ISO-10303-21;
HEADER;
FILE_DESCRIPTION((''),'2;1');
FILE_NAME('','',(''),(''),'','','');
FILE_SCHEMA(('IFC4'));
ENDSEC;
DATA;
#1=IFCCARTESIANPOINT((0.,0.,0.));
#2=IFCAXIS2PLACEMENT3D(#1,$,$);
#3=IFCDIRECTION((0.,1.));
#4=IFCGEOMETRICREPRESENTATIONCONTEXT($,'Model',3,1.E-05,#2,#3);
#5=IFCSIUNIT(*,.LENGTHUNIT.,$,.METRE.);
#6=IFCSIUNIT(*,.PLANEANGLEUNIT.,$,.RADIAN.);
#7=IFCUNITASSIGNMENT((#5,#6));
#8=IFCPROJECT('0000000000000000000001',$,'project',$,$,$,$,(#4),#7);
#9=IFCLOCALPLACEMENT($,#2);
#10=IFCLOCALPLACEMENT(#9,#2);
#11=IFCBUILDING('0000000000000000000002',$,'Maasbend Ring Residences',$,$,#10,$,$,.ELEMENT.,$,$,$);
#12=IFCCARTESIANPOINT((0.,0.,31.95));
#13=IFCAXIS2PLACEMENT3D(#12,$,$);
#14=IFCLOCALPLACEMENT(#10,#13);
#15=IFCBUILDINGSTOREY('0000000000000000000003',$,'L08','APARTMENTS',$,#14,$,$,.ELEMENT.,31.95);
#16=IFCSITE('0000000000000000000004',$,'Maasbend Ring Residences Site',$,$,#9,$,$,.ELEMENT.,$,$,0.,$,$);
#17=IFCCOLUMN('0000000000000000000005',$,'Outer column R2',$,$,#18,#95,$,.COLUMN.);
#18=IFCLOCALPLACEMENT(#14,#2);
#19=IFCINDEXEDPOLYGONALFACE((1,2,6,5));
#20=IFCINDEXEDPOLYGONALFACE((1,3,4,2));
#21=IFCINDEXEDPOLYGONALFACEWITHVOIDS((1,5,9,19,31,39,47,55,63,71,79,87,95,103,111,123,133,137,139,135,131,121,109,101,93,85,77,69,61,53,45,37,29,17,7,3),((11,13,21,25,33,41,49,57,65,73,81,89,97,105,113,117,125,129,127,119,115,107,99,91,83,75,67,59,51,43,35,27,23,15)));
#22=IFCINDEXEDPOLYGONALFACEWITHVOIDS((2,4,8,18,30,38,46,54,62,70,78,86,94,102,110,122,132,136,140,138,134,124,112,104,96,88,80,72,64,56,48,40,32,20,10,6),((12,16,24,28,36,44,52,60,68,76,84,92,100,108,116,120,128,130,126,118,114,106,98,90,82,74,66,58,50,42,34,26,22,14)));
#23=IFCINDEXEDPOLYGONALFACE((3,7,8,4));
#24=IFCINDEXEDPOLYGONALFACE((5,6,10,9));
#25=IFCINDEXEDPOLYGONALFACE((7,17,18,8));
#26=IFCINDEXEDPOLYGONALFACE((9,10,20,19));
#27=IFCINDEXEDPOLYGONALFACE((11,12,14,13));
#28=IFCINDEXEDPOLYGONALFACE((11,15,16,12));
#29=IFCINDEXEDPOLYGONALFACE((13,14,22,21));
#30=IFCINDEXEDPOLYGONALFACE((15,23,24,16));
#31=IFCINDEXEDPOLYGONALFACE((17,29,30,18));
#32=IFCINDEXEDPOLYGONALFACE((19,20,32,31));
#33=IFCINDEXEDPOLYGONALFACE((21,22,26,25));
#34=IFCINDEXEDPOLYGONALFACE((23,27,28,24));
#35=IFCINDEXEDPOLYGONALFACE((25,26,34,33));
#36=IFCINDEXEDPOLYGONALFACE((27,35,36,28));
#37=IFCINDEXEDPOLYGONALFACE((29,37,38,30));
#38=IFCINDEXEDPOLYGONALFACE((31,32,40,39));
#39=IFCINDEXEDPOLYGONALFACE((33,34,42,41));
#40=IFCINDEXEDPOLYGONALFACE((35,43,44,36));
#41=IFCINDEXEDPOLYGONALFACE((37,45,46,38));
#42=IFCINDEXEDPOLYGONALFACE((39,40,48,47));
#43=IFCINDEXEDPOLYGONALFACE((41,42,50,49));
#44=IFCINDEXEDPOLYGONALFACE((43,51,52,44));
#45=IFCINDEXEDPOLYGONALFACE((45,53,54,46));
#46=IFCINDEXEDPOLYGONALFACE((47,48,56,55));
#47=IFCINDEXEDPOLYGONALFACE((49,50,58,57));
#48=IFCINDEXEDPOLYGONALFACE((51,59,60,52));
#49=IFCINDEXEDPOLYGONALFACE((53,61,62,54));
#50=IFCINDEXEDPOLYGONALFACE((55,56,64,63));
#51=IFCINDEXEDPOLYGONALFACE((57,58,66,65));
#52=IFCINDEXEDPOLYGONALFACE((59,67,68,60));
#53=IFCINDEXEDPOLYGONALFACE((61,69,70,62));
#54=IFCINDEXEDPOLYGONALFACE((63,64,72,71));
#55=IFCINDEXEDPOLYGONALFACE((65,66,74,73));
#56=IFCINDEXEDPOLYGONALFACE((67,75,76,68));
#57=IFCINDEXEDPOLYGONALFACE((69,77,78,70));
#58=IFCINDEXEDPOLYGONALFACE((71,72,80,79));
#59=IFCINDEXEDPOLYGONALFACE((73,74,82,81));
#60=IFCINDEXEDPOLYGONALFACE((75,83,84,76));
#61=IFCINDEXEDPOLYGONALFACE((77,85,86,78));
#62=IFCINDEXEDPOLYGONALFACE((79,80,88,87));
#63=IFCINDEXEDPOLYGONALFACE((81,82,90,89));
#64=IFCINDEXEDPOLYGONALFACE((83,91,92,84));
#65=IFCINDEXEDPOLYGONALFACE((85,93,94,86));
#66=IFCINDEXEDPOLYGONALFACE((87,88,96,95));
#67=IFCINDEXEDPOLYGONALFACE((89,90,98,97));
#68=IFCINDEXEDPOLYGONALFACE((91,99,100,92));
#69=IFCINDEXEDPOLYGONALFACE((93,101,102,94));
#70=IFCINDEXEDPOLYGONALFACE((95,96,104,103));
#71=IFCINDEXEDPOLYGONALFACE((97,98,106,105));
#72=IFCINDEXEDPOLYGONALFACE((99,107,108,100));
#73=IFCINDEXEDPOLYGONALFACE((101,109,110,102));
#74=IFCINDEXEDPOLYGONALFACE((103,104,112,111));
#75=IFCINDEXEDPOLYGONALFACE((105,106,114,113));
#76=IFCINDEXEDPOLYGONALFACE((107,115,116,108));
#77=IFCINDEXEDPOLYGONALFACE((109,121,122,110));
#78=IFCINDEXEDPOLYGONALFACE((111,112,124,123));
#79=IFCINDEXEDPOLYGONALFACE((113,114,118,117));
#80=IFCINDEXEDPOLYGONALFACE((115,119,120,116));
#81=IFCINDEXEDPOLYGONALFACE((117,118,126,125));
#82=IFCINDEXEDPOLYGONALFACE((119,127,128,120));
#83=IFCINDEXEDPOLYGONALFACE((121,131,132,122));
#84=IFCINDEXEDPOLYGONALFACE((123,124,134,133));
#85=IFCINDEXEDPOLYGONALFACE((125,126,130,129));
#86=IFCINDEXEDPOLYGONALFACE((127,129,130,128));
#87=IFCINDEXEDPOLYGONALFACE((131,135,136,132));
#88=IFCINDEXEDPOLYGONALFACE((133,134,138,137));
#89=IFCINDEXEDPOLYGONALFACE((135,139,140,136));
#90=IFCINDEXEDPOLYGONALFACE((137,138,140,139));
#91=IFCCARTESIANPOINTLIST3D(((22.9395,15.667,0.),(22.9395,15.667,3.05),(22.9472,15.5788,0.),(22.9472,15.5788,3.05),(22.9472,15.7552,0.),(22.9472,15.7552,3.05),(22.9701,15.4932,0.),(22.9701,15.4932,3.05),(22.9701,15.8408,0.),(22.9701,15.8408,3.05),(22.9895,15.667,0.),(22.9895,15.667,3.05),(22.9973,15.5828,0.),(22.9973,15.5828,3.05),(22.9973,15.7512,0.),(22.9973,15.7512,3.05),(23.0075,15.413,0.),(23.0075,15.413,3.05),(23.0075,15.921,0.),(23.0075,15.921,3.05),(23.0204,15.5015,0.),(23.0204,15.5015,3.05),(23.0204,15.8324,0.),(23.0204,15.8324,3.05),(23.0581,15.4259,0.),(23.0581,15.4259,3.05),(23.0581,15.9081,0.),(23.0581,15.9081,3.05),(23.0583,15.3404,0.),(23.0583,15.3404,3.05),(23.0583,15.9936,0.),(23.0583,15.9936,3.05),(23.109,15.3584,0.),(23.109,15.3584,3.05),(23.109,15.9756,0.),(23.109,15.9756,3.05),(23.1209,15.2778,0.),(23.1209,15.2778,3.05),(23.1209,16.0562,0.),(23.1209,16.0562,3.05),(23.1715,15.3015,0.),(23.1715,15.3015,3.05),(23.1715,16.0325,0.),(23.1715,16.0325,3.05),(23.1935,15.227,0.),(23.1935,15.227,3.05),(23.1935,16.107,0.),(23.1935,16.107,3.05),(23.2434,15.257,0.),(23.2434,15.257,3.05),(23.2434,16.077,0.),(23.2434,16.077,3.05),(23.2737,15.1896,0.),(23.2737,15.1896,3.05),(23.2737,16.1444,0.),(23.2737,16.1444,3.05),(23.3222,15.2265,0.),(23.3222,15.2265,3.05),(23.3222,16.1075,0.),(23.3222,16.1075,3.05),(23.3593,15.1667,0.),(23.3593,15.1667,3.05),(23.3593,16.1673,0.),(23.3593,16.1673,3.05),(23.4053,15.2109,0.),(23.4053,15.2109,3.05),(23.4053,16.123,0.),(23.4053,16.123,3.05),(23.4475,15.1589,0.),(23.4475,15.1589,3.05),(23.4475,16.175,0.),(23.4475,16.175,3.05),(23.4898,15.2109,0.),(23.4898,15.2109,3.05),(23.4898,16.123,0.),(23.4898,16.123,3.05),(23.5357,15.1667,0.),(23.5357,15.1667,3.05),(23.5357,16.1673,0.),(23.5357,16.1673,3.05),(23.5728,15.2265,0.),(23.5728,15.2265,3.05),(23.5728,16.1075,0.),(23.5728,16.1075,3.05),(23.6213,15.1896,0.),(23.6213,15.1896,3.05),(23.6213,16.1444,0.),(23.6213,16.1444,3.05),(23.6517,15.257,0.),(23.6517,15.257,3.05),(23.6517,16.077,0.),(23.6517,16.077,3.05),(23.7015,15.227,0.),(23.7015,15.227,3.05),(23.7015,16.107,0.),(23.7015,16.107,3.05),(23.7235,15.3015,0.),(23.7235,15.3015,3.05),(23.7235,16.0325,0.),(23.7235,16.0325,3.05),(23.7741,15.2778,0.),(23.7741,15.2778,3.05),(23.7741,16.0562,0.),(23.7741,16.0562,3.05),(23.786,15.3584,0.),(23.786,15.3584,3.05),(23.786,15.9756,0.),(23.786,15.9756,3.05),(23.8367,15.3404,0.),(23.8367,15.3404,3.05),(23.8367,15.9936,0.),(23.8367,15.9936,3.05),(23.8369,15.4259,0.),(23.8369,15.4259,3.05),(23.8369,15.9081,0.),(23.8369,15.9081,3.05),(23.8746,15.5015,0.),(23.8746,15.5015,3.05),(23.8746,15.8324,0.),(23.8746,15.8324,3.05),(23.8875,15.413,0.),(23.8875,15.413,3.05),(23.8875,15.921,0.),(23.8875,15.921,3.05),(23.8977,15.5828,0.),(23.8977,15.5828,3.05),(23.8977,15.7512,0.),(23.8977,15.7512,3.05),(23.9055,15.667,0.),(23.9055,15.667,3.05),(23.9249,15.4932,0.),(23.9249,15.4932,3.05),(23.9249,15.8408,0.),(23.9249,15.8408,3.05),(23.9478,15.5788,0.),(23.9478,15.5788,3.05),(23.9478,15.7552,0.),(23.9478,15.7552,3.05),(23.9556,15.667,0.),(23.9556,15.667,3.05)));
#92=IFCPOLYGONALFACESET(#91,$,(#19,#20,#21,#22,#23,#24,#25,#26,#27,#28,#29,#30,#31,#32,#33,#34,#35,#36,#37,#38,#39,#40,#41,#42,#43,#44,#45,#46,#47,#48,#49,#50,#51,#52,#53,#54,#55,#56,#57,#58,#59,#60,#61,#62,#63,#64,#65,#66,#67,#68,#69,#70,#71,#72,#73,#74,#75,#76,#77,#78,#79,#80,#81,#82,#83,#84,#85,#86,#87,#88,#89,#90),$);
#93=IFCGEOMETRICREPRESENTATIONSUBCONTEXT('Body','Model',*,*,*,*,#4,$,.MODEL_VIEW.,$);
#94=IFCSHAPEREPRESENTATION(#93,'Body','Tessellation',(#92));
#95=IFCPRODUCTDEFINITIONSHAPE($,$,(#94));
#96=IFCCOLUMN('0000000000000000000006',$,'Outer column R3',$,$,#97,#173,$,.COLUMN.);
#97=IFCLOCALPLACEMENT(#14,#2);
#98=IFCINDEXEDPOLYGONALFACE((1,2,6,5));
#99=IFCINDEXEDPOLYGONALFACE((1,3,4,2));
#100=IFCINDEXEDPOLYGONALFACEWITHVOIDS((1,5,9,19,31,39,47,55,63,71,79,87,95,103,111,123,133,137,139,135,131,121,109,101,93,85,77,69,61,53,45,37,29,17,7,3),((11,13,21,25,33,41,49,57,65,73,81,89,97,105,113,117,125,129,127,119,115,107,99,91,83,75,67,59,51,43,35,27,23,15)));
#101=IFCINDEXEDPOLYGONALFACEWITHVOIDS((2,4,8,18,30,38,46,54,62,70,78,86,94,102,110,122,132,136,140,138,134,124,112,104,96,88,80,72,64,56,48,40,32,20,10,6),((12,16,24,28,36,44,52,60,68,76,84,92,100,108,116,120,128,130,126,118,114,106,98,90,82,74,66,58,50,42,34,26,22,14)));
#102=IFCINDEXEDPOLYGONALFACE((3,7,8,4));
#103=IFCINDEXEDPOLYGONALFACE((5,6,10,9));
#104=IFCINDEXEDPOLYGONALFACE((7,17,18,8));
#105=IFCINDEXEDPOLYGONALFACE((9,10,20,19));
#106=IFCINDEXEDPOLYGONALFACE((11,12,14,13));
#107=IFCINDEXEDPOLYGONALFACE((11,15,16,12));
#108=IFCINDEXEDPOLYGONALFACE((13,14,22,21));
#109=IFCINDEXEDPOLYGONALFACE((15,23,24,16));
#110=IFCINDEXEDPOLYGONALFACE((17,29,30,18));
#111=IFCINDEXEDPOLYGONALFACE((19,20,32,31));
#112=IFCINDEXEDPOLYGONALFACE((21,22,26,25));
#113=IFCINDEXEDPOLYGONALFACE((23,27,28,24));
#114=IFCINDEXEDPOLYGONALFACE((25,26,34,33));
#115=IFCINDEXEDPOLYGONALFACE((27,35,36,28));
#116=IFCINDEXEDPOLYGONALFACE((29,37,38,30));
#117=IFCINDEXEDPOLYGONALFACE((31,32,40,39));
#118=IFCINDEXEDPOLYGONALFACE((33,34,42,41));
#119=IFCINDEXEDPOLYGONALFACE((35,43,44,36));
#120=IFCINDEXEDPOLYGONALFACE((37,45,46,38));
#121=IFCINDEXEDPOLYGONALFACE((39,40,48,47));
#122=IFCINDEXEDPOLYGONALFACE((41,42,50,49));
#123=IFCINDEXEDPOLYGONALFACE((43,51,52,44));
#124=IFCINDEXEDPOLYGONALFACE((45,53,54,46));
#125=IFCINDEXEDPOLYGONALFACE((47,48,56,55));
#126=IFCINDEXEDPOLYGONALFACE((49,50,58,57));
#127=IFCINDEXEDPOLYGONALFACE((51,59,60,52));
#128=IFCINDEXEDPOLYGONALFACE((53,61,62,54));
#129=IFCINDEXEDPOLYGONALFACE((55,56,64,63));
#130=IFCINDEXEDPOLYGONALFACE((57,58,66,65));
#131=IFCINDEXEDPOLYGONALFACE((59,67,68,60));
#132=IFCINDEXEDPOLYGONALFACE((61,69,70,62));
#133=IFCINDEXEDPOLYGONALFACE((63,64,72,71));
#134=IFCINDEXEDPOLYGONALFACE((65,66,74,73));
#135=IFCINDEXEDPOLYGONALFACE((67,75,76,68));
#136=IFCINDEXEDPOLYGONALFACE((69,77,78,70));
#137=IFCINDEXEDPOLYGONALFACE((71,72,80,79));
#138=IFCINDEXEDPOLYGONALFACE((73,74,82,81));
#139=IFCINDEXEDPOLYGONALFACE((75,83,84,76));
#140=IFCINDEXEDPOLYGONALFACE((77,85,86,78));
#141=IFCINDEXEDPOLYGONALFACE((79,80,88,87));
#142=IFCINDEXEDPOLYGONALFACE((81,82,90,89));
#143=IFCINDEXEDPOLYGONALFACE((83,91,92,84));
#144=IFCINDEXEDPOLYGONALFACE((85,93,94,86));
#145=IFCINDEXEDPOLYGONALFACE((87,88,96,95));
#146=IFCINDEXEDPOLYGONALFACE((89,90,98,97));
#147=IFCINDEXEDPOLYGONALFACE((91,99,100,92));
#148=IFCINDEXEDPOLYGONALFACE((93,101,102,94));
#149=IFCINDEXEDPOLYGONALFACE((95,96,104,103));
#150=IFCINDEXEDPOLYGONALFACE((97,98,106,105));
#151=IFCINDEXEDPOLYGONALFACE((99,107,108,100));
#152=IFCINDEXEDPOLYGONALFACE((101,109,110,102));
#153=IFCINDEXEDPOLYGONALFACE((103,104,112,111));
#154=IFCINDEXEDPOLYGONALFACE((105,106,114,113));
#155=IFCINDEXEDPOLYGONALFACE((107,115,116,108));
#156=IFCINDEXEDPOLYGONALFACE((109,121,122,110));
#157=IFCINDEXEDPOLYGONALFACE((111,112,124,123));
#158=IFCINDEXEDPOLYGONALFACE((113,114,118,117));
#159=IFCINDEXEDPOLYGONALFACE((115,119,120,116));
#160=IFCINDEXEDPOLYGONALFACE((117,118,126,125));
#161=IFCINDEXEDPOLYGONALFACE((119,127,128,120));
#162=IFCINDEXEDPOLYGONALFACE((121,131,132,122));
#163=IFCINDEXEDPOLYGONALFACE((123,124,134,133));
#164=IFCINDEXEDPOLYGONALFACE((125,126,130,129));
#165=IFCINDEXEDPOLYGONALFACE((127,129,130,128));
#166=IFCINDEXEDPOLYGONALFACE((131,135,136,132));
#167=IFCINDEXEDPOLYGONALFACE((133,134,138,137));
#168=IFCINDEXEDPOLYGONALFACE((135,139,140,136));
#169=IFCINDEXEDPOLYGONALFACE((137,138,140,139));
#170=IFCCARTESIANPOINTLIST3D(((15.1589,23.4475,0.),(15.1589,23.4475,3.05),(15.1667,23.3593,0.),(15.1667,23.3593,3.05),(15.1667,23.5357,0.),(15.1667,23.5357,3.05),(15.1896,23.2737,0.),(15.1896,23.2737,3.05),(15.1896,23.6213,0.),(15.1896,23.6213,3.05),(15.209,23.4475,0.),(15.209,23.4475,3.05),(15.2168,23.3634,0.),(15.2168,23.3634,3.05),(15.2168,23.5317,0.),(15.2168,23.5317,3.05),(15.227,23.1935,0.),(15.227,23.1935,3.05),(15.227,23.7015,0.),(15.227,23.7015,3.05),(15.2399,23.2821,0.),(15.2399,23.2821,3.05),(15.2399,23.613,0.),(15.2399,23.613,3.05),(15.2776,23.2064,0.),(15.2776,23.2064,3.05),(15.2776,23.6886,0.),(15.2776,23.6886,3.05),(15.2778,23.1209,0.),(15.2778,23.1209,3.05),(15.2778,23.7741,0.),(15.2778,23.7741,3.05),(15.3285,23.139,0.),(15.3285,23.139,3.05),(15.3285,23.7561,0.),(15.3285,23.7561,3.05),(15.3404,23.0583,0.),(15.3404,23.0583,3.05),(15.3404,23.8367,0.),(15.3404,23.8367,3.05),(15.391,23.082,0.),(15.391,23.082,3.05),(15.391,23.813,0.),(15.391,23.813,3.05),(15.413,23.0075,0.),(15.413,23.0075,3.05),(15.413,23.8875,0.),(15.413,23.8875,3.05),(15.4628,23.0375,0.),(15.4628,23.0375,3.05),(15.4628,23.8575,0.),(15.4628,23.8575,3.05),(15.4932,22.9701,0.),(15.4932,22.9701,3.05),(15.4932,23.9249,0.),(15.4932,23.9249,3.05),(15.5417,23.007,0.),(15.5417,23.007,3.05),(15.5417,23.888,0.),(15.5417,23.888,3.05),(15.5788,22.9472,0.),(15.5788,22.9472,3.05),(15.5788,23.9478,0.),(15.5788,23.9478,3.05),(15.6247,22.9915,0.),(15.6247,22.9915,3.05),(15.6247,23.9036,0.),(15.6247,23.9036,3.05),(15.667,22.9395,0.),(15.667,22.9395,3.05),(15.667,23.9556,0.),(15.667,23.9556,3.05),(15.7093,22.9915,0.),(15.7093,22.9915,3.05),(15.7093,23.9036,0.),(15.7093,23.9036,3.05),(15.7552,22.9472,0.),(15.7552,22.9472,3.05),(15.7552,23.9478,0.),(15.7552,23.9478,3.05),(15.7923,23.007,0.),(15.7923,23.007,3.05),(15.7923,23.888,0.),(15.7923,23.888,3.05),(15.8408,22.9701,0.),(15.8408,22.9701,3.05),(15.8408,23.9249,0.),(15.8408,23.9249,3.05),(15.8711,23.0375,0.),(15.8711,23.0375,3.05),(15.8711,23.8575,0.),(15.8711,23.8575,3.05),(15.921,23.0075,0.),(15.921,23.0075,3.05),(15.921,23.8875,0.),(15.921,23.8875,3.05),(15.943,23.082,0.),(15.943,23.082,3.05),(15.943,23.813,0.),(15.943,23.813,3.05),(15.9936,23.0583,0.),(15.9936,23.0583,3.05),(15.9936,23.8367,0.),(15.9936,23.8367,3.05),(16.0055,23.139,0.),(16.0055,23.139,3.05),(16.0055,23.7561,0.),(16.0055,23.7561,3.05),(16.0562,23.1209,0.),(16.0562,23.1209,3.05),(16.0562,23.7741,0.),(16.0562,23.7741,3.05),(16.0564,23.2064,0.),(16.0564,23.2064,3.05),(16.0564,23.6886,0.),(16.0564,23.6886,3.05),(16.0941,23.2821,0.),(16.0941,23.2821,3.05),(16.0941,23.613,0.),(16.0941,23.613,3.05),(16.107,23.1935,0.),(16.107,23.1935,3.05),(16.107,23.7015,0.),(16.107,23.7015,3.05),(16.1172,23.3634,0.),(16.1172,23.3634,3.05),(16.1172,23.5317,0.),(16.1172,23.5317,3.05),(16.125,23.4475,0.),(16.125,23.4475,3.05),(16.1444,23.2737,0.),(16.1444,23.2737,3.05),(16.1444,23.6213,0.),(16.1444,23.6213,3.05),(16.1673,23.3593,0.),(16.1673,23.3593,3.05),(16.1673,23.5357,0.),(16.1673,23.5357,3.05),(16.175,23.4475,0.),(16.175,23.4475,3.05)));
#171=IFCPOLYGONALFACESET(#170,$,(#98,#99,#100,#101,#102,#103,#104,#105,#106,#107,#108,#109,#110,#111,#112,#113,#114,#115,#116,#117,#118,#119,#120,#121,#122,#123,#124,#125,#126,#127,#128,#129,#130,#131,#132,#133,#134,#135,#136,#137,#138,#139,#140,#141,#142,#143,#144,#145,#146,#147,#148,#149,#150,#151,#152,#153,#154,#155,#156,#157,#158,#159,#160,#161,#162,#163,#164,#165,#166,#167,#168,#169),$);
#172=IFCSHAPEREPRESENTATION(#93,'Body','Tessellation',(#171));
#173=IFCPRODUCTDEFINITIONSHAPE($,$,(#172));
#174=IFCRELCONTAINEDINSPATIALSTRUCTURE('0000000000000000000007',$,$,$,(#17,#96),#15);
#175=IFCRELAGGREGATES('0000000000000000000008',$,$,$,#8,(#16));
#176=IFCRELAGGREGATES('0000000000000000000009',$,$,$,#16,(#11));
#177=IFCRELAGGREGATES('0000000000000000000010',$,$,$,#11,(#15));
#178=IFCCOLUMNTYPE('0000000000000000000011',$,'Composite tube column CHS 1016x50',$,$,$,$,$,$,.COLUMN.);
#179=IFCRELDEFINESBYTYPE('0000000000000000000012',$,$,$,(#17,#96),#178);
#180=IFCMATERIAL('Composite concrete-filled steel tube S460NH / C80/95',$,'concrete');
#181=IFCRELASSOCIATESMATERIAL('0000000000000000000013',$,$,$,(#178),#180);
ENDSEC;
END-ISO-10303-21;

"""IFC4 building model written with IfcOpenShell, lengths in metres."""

from ifc_helpers import new_model, si_unit, direction, frame, origin, origin_2d, place, context, subcontext, project, spatial, hollow_circle, extrude, material, material_profile, profile_set, type_object, element, save


model = new_model("IFC4")

# Units and contexts
model_context = context("Model", 3, precision=1e-05, world=origin(), true_north=direction((0.0, 1.0)))
body_context = subcontext(model_context, "Body", "Model", "MODEL_VIEW")
ifc_project = project(units=[si_unit("LENGTHUNIT", "METRE"), si_unit("PLANEANGLEUNIT", "RADIAN")], contexts=[model_context])

# Site, building, storey
site_placement = place(None, origin())
site = spatial("IfcSite", under=ifc_project, at=site_placement, Name="Maasbend Ring Residences Site", CompositionType="ELEMENT", RefElevation=0.0)
building_placement = place(site_placement, origin())
building = spatial("IfcBuilding", under=site, at=building_placement, Name="Maasbend Ring Residences", CompositionType="ELEMENT")
storey_placement = place(building_placement, frame((0.0, 0.0, 31.95)))
storey = spatial("IfcBuildingStorey", under=building, at=storey_placement, Name="L08", Description="APARTMENTS", CompositionType="ELEMENT", Elevation=31.95)

# Columns
ifc_material_1 = material(Name="Composite concrete-filled steel tube S460NH / C80/95", Category="concrete")
ifc_material_profile_1 = material_profile(ifc_material_1, hollow_circle(Radius=0.5081, WallThickness=0.05, at=origin_2d()), Name="Composite tube column CHS 1016x50")
ifc_profile_set_1 = profile_set([ifc_material_profile_1], Name="Composite concrete-filled steel tube S460NH / C80/95")
column_type = type_object("IfcColumnType", Name="Composite tube column CHS 1016x50", PredefinedType="COLUMN", material=ifc_profile_set_1)
for number, where, z_axis, x_axis, name in (
    (1, (23.4475, 15.667, 0.0), (0.0, 0.0, 1.0), (1.0, 0.0, 0.0), "Outer column R2"),
    (2, (15.667, 23.4475, 0.0), (0.0, 0.0, 1.0), (1.0, 0.0, 0.0), "Outer column R3"),
):
    element("IfcColumn", number, at=place(storey_placement, frame(where, z_axis=z_axis, x_axis=x_axis)), inside=storey, type_object=column_type, Name=name, PredefinedType="COLUMN", context=body_context, shape_type="SweptSolid", body=[
        extrude(hollow_circle(Radius=0.5081, WallThickness=0.05, at=origin_2d()), origin(), (0.0, 0.0, 1.0), 3.05),
    ])

save(model, "model.ifc")
